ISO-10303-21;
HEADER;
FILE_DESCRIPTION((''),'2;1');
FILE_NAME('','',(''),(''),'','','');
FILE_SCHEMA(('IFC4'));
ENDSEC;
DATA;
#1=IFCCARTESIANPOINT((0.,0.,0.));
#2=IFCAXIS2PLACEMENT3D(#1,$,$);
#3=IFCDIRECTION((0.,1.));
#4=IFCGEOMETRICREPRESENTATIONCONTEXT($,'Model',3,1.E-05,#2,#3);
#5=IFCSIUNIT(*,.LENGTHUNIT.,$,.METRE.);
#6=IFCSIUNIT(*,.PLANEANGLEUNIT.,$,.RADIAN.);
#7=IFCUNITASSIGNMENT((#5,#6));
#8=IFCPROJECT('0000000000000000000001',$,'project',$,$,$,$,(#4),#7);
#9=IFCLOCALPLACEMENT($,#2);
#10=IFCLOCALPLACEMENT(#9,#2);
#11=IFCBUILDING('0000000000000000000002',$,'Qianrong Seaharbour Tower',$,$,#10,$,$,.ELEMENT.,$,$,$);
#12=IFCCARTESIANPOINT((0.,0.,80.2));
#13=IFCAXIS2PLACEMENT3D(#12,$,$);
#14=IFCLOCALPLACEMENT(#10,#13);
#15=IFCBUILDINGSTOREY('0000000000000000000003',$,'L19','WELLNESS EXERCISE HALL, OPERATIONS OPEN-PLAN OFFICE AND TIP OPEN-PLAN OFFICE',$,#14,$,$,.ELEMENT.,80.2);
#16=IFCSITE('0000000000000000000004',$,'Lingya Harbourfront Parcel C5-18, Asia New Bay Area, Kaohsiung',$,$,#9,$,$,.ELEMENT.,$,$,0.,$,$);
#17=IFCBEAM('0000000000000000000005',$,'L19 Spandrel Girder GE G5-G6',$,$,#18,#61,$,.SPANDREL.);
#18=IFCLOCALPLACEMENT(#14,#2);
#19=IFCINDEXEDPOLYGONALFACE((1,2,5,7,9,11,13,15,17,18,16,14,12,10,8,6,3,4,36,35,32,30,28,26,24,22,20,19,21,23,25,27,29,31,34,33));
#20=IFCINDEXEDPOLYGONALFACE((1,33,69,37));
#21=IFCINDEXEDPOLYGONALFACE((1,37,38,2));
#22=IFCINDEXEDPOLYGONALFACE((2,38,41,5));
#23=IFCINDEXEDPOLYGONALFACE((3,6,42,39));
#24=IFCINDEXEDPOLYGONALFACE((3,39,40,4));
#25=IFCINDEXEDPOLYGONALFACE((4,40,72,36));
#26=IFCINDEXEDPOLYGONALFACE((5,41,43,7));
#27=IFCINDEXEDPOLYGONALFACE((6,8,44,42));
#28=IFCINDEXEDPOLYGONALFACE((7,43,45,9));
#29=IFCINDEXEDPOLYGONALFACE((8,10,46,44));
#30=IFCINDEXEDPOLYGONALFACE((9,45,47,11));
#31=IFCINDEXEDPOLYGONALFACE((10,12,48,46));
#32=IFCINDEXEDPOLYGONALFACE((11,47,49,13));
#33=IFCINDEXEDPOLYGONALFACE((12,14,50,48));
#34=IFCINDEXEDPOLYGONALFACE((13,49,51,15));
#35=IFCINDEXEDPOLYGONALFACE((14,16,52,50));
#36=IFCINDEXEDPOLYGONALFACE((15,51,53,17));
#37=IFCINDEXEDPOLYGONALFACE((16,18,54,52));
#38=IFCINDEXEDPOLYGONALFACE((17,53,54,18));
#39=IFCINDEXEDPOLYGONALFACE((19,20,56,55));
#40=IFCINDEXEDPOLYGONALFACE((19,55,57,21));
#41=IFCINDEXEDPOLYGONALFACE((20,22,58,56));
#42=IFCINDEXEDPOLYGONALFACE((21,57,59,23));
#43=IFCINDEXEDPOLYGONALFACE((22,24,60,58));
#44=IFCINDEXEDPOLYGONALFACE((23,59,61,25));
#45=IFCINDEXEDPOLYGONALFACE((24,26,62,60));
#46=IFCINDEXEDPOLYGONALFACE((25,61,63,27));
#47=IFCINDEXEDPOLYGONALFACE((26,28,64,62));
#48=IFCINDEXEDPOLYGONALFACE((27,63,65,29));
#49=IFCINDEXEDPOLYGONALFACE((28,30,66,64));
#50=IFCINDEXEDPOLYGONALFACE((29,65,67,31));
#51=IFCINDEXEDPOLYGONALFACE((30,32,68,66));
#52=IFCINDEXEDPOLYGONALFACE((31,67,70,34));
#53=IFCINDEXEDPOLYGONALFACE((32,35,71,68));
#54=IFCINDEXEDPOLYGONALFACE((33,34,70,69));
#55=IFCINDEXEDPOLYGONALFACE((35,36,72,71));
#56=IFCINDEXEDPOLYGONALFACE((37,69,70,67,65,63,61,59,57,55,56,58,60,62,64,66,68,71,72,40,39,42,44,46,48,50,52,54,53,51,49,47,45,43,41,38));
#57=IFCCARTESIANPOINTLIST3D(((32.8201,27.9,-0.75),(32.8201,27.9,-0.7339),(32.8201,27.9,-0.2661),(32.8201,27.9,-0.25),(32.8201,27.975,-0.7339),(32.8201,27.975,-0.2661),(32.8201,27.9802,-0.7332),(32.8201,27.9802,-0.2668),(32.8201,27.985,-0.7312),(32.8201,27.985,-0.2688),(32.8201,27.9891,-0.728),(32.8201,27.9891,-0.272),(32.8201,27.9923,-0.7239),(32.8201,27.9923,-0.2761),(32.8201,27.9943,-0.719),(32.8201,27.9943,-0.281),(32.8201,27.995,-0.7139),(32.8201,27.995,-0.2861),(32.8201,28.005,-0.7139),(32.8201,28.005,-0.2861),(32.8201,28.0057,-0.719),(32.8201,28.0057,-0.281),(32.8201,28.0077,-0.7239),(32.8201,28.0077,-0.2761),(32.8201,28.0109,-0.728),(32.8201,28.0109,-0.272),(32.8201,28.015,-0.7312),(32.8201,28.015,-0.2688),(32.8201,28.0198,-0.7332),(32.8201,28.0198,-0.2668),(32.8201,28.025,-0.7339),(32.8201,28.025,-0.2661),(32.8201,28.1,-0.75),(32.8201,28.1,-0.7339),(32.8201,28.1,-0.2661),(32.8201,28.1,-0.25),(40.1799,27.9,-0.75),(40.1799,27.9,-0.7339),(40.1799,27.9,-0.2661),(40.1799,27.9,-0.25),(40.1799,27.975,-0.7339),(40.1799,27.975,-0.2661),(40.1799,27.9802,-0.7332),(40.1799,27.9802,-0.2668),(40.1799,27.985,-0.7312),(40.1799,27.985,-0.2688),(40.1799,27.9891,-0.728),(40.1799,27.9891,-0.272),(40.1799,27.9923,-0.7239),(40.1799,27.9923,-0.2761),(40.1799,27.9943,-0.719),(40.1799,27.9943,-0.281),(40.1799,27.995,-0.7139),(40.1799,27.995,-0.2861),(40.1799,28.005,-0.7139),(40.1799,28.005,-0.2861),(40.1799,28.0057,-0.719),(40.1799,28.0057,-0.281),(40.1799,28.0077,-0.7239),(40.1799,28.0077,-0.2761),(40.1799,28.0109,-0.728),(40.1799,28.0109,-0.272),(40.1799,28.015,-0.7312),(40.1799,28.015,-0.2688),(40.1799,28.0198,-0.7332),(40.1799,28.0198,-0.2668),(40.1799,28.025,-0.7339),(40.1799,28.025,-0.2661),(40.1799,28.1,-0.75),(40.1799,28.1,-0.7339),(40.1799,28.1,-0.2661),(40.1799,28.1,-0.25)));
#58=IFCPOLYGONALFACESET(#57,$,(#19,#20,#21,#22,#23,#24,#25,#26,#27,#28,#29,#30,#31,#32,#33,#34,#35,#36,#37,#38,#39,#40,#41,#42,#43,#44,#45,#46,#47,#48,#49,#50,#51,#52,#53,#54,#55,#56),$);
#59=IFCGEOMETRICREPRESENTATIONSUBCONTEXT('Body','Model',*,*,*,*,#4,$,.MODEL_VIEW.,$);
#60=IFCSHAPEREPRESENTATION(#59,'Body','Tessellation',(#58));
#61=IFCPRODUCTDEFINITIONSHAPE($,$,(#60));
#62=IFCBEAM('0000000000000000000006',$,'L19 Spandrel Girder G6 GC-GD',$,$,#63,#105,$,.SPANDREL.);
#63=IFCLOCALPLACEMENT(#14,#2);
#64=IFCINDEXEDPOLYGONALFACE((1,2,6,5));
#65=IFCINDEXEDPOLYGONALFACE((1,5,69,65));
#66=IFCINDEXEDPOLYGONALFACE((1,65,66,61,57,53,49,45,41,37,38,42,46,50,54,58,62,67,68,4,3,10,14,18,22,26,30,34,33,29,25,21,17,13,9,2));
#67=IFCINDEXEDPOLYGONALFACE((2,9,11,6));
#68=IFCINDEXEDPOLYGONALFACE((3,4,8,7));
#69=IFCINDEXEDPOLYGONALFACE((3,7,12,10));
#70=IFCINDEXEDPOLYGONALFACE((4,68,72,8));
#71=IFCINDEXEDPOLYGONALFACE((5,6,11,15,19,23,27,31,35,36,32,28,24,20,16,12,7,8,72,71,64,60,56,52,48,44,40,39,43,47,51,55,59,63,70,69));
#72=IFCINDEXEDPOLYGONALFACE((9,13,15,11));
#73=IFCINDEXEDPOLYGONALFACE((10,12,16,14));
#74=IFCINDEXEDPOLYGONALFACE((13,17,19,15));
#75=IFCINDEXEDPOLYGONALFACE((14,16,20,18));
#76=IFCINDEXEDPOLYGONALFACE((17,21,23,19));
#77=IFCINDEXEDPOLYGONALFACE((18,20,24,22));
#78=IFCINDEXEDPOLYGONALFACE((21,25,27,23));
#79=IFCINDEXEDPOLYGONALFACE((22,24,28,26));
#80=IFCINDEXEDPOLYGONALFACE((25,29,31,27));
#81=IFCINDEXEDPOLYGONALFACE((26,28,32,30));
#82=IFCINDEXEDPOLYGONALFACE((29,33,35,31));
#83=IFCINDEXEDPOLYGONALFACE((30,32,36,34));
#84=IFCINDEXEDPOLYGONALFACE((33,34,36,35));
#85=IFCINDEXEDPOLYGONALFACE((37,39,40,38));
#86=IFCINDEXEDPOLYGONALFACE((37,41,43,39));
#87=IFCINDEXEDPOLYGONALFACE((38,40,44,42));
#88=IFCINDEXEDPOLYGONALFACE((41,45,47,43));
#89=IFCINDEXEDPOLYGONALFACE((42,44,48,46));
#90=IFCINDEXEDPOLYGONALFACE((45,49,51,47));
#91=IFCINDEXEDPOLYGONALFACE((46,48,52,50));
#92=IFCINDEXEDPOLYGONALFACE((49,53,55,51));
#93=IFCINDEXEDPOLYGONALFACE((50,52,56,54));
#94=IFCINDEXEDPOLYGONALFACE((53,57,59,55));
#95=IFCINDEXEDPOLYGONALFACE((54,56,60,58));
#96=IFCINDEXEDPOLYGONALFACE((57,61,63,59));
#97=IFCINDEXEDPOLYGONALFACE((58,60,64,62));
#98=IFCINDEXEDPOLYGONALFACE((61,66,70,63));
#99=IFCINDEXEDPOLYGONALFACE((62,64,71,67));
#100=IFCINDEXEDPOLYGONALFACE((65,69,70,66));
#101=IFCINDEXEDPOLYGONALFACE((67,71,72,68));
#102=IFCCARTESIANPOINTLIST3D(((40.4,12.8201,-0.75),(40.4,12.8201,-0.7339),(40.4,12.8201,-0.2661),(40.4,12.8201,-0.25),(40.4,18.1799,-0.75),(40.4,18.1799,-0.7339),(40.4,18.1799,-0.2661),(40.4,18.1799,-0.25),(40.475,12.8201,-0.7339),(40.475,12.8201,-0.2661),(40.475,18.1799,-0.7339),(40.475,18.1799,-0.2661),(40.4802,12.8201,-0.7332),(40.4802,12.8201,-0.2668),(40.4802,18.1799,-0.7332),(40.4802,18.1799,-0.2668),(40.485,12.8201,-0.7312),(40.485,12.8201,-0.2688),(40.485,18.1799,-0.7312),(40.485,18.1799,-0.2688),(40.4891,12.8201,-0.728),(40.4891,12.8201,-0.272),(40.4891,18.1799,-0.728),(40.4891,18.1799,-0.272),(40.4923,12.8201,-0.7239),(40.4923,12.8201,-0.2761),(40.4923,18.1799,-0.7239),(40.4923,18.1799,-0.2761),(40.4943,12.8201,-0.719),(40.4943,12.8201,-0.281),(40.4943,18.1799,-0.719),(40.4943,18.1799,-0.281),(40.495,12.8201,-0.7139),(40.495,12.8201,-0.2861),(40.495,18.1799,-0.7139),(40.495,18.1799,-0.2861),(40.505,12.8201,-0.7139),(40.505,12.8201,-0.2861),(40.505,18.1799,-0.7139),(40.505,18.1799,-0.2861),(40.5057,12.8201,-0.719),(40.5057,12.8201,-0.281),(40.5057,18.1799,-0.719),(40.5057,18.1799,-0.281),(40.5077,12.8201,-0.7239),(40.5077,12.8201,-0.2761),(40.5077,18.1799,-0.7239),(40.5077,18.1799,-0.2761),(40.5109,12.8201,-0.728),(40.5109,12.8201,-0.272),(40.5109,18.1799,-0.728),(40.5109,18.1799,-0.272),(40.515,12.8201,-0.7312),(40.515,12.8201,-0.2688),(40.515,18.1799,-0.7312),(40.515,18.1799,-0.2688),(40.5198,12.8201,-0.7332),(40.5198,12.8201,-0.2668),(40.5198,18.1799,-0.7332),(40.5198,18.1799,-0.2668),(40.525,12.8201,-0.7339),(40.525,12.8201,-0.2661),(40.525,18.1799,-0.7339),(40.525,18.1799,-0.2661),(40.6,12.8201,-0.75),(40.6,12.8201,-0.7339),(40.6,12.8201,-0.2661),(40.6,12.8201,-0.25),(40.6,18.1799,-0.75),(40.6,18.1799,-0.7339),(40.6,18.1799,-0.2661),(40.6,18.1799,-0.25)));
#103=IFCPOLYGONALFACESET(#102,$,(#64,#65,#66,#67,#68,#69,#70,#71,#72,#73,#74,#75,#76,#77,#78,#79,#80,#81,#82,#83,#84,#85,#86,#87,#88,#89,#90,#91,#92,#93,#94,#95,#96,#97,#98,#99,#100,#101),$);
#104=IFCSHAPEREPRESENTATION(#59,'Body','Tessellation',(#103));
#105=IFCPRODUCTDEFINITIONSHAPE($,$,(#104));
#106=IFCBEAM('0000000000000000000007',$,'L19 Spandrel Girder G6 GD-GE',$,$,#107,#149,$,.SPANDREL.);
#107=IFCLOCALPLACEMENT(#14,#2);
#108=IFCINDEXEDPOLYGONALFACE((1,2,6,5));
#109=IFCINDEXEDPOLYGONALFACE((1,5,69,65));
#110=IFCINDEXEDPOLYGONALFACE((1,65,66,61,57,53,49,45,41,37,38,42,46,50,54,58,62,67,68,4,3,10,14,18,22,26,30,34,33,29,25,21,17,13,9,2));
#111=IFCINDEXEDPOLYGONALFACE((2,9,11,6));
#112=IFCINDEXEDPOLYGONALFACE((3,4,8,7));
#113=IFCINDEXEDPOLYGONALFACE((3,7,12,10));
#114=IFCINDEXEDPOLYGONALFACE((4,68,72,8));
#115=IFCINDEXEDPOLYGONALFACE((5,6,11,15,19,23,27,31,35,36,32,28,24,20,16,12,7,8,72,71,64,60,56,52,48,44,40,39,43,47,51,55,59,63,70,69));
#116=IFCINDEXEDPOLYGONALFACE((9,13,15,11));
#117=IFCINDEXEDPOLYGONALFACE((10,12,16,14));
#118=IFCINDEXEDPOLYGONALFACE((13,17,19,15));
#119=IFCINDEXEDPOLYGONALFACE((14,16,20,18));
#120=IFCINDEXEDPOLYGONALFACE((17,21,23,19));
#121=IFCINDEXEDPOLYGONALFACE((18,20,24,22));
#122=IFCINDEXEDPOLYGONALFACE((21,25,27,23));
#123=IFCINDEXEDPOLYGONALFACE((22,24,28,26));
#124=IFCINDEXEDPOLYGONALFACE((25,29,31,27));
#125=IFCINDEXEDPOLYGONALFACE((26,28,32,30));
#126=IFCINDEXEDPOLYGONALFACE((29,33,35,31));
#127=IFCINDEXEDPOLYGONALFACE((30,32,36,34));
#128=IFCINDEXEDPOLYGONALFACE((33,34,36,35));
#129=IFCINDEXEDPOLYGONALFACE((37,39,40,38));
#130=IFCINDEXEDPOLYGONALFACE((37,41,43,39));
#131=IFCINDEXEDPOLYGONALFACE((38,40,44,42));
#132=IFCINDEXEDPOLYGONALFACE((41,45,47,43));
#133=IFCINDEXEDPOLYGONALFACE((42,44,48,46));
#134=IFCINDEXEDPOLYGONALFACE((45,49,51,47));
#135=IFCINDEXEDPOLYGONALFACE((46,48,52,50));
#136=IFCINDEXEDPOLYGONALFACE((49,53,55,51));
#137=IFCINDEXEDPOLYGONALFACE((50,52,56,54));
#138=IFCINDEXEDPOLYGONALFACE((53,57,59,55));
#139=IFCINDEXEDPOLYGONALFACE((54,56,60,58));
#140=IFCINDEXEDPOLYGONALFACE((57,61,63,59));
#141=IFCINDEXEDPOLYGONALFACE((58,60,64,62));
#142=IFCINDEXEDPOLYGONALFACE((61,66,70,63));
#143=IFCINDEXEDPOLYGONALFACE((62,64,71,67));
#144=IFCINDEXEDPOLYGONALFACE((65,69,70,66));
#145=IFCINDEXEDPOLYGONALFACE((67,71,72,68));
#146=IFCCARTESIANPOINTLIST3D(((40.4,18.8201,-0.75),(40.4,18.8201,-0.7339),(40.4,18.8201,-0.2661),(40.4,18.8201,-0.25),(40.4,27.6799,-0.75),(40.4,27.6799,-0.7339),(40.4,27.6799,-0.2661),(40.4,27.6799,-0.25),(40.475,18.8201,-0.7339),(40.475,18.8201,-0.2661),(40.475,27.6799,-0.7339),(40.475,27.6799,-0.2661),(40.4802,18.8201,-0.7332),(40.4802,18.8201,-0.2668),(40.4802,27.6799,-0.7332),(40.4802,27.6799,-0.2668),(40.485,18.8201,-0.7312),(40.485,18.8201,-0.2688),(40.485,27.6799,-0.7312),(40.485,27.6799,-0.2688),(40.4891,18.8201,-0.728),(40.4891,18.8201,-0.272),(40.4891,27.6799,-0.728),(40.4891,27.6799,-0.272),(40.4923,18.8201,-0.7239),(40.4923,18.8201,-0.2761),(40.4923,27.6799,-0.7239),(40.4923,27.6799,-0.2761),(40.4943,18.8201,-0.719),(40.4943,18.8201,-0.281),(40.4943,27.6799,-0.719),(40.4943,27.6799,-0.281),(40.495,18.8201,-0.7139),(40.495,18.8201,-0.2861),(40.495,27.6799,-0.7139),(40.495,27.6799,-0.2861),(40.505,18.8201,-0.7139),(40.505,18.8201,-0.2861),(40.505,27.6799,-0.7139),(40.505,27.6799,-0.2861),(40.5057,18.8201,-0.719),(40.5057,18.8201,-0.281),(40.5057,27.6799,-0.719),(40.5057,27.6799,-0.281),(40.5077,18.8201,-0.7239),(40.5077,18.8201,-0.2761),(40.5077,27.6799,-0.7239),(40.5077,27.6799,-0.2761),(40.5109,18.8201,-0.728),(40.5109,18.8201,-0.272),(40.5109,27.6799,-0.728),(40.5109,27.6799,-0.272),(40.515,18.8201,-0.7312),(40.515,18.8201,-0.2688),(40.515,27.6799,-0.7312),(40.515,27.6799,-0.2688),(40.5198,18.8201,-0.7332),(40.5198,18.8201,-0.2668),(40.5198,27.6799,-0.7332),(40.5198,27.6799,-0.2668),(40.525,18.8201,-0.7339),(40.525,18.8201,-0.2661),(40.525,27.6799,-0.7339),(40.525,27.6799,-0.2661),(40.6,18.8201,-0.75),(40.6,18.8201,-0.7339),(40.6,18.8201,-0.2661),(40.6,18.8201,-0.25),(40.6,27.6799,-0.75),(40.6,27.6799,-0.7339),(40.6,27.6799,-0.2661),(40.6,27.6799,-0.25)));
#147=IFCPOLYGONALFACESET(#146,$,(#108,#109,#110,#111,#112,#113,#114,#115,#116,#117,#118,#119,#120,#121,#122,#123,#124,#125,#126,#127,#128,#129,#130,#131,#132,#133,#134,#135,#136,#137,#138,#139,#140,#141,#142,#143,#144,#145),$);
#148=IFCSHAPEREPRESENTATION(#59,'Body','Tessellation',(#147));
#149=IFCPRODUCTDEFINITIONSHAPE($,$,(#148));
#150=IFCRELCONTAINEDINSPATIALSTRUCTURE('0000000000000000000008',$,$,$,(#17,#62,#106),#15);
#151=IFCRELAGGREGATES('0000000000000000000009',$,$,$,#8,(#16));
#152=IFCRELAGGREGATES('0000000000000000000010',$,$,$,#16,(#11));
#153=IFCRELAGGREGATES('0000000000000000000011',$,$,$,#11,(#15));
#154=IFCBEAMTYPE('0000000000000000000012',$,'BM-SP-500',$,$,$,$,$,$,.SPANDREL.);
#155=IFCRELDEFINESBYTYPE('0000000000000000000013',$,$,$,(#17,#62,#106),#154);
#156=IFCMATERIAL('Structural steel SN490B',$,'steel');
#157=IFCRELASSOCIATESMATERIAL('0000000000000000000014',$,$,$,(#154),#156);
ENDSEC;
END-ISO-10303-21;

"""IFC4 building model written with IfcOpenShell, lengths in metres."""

from ifc_helpers import new_model, si_unit, direction, frame, origin, origin_2d, place, context, subcontext, project, spatial, i_section, extrude, material, material_profile, profile_set, type_object, element, save


model = new_model("IFC4")

# Units and contexts
model_context = context("Model", 3, precision=1e-05, world=origin(), true_north=direction((0.0, 1.0)))
body_context = subcontext(model_context, "Body", "Model", "MODEL_VIEW")
ifc_project = project(units=[si_unit("LENGTHUNIT", "METRE"), si_unit("PLANEANGLEUNIT", "RADIAN")], contexts=[model_context])

# Site, building, storey
site_placement = place(None, origin())
site = spatial("IfcSite", under=ifc_project, at=site_placement, Name="Lingya Harbourfront Parcel C5-18, Asia New Bay Area, Kaohsiung", CompositionType="ELEMENT", RefElevation=0.0)
building_placement = place(site_placement, origin())
building = spatial("IfcBuilding", under=site, at=building_placement, Name="Qianrong Seaharbour Tower", CompositionType="ELEMENT")
storey_placement = place(building_placement, frame((0.0, 0.0, 80.2)))
storey = spatial("IfcBuildingStorey", under=building, at=storey_placement, Name="L19", Description="WELLNESS EXERCISE HALL, OPERATIONS OPEN-PLAN OFFICE AND TIP OPEN-PLAN OFFICE", CompositionType="ELEMENT", Elevation=80.2)

# Shared definitions
ifc_material_1 = material(Name="Structural steel SN490B", Category="steel")

# Beams
ifc_material_profile_1 = material_profile(ifc_material_1, i_section(OverallWidth=0.2, OverallDepth=0.5, WebThickness=0.01, FlangeThickness=0.0161, FilletRadius=0.02, at=origin_2d()), Name="H500x200x10x16")
ifc_profile_set_1 = profile_set([ifc_material_profile_1], Name="Structural steel SN490B")
beam_type_1 = type_object("IfcBeamType", Name="BM-SP-500", PredefinedType="SPANDREL", material=ifc_profile_set_1)
for number, where, z_axis, x_axis, name in (
    (1, (32.8201, 28.0, -0.5), (1.0, 0.0, 0.0), (0.0, 1.0, 0.0), "L19 Spandrel Girder GE G5-G6"),
):
    element("IfcBeam", number, at=place(storey_placement, frame(where, z_axis=z_axis, x_axis=x_axis)), inside=storey, type_object=beam_type_1, Name=name, PredefinedType="SPANDREL", context=body_context, shape_type="SweptSolid", body=[
        extrude(i_section(OverallWidth=0.2, OverallDepth=0.5, WebThickness=0.01, FlangeThickness=0.0161, FilletRadius=0.02, at=origin_2d()), origin(), (0.0, 0.0, 1.0), 7.3599),
    ])
beam_1_placement = place(storey_placement, frame((40.5, 12.8201, -0.5), z_axis=(0.0, 1.0, 0.0), x_axis=(-1.0, 0.0, 0.0)))
element("IfcBeam", 2, at=beam_1_placement, inside=storey, type_object=beam_type_1, Name="L19 Spandrel Girder G6 GC-GD", PredefinedType="SPANDREL", context=body_context, shape_type="SweptSolid", body=[
    extrude(i_section(OverallWidth=0.2, OverallDepth=0.5, WebThickness=0.01, FlangeThickness=0.0161, FilletRadius=0.02, at=origin_2d()), origin(), (0.0, 0.0, 1.0), 5.3599),
])
beam_2_placement = place(storey_placement, frame((40.5, 18.8201, -0.5), z_axis=(0.0, 1.0, 0.0), x_axis=(-1.0, 0.0, 0.0)))
element("IfcBeam", 3, at=beam_2_placement, inside=storey, type_object=beam_type_1, Name="L19 Spandrel Girder G6 GD-GE", PredefinedType="SPANDREL", context=body_context, shape_type="SweptSolid", body=[
    extrude(i_section(OverallWidth=0.2, OverallDepth=0.5, WebThickness=0.01, FlangeThickness=0.0161, FilletRadius=0.02, at=origin_2d()), origin(), (0.0, 0.0, 1.0), 8.8599),
])

save(model, "model.ifc")
